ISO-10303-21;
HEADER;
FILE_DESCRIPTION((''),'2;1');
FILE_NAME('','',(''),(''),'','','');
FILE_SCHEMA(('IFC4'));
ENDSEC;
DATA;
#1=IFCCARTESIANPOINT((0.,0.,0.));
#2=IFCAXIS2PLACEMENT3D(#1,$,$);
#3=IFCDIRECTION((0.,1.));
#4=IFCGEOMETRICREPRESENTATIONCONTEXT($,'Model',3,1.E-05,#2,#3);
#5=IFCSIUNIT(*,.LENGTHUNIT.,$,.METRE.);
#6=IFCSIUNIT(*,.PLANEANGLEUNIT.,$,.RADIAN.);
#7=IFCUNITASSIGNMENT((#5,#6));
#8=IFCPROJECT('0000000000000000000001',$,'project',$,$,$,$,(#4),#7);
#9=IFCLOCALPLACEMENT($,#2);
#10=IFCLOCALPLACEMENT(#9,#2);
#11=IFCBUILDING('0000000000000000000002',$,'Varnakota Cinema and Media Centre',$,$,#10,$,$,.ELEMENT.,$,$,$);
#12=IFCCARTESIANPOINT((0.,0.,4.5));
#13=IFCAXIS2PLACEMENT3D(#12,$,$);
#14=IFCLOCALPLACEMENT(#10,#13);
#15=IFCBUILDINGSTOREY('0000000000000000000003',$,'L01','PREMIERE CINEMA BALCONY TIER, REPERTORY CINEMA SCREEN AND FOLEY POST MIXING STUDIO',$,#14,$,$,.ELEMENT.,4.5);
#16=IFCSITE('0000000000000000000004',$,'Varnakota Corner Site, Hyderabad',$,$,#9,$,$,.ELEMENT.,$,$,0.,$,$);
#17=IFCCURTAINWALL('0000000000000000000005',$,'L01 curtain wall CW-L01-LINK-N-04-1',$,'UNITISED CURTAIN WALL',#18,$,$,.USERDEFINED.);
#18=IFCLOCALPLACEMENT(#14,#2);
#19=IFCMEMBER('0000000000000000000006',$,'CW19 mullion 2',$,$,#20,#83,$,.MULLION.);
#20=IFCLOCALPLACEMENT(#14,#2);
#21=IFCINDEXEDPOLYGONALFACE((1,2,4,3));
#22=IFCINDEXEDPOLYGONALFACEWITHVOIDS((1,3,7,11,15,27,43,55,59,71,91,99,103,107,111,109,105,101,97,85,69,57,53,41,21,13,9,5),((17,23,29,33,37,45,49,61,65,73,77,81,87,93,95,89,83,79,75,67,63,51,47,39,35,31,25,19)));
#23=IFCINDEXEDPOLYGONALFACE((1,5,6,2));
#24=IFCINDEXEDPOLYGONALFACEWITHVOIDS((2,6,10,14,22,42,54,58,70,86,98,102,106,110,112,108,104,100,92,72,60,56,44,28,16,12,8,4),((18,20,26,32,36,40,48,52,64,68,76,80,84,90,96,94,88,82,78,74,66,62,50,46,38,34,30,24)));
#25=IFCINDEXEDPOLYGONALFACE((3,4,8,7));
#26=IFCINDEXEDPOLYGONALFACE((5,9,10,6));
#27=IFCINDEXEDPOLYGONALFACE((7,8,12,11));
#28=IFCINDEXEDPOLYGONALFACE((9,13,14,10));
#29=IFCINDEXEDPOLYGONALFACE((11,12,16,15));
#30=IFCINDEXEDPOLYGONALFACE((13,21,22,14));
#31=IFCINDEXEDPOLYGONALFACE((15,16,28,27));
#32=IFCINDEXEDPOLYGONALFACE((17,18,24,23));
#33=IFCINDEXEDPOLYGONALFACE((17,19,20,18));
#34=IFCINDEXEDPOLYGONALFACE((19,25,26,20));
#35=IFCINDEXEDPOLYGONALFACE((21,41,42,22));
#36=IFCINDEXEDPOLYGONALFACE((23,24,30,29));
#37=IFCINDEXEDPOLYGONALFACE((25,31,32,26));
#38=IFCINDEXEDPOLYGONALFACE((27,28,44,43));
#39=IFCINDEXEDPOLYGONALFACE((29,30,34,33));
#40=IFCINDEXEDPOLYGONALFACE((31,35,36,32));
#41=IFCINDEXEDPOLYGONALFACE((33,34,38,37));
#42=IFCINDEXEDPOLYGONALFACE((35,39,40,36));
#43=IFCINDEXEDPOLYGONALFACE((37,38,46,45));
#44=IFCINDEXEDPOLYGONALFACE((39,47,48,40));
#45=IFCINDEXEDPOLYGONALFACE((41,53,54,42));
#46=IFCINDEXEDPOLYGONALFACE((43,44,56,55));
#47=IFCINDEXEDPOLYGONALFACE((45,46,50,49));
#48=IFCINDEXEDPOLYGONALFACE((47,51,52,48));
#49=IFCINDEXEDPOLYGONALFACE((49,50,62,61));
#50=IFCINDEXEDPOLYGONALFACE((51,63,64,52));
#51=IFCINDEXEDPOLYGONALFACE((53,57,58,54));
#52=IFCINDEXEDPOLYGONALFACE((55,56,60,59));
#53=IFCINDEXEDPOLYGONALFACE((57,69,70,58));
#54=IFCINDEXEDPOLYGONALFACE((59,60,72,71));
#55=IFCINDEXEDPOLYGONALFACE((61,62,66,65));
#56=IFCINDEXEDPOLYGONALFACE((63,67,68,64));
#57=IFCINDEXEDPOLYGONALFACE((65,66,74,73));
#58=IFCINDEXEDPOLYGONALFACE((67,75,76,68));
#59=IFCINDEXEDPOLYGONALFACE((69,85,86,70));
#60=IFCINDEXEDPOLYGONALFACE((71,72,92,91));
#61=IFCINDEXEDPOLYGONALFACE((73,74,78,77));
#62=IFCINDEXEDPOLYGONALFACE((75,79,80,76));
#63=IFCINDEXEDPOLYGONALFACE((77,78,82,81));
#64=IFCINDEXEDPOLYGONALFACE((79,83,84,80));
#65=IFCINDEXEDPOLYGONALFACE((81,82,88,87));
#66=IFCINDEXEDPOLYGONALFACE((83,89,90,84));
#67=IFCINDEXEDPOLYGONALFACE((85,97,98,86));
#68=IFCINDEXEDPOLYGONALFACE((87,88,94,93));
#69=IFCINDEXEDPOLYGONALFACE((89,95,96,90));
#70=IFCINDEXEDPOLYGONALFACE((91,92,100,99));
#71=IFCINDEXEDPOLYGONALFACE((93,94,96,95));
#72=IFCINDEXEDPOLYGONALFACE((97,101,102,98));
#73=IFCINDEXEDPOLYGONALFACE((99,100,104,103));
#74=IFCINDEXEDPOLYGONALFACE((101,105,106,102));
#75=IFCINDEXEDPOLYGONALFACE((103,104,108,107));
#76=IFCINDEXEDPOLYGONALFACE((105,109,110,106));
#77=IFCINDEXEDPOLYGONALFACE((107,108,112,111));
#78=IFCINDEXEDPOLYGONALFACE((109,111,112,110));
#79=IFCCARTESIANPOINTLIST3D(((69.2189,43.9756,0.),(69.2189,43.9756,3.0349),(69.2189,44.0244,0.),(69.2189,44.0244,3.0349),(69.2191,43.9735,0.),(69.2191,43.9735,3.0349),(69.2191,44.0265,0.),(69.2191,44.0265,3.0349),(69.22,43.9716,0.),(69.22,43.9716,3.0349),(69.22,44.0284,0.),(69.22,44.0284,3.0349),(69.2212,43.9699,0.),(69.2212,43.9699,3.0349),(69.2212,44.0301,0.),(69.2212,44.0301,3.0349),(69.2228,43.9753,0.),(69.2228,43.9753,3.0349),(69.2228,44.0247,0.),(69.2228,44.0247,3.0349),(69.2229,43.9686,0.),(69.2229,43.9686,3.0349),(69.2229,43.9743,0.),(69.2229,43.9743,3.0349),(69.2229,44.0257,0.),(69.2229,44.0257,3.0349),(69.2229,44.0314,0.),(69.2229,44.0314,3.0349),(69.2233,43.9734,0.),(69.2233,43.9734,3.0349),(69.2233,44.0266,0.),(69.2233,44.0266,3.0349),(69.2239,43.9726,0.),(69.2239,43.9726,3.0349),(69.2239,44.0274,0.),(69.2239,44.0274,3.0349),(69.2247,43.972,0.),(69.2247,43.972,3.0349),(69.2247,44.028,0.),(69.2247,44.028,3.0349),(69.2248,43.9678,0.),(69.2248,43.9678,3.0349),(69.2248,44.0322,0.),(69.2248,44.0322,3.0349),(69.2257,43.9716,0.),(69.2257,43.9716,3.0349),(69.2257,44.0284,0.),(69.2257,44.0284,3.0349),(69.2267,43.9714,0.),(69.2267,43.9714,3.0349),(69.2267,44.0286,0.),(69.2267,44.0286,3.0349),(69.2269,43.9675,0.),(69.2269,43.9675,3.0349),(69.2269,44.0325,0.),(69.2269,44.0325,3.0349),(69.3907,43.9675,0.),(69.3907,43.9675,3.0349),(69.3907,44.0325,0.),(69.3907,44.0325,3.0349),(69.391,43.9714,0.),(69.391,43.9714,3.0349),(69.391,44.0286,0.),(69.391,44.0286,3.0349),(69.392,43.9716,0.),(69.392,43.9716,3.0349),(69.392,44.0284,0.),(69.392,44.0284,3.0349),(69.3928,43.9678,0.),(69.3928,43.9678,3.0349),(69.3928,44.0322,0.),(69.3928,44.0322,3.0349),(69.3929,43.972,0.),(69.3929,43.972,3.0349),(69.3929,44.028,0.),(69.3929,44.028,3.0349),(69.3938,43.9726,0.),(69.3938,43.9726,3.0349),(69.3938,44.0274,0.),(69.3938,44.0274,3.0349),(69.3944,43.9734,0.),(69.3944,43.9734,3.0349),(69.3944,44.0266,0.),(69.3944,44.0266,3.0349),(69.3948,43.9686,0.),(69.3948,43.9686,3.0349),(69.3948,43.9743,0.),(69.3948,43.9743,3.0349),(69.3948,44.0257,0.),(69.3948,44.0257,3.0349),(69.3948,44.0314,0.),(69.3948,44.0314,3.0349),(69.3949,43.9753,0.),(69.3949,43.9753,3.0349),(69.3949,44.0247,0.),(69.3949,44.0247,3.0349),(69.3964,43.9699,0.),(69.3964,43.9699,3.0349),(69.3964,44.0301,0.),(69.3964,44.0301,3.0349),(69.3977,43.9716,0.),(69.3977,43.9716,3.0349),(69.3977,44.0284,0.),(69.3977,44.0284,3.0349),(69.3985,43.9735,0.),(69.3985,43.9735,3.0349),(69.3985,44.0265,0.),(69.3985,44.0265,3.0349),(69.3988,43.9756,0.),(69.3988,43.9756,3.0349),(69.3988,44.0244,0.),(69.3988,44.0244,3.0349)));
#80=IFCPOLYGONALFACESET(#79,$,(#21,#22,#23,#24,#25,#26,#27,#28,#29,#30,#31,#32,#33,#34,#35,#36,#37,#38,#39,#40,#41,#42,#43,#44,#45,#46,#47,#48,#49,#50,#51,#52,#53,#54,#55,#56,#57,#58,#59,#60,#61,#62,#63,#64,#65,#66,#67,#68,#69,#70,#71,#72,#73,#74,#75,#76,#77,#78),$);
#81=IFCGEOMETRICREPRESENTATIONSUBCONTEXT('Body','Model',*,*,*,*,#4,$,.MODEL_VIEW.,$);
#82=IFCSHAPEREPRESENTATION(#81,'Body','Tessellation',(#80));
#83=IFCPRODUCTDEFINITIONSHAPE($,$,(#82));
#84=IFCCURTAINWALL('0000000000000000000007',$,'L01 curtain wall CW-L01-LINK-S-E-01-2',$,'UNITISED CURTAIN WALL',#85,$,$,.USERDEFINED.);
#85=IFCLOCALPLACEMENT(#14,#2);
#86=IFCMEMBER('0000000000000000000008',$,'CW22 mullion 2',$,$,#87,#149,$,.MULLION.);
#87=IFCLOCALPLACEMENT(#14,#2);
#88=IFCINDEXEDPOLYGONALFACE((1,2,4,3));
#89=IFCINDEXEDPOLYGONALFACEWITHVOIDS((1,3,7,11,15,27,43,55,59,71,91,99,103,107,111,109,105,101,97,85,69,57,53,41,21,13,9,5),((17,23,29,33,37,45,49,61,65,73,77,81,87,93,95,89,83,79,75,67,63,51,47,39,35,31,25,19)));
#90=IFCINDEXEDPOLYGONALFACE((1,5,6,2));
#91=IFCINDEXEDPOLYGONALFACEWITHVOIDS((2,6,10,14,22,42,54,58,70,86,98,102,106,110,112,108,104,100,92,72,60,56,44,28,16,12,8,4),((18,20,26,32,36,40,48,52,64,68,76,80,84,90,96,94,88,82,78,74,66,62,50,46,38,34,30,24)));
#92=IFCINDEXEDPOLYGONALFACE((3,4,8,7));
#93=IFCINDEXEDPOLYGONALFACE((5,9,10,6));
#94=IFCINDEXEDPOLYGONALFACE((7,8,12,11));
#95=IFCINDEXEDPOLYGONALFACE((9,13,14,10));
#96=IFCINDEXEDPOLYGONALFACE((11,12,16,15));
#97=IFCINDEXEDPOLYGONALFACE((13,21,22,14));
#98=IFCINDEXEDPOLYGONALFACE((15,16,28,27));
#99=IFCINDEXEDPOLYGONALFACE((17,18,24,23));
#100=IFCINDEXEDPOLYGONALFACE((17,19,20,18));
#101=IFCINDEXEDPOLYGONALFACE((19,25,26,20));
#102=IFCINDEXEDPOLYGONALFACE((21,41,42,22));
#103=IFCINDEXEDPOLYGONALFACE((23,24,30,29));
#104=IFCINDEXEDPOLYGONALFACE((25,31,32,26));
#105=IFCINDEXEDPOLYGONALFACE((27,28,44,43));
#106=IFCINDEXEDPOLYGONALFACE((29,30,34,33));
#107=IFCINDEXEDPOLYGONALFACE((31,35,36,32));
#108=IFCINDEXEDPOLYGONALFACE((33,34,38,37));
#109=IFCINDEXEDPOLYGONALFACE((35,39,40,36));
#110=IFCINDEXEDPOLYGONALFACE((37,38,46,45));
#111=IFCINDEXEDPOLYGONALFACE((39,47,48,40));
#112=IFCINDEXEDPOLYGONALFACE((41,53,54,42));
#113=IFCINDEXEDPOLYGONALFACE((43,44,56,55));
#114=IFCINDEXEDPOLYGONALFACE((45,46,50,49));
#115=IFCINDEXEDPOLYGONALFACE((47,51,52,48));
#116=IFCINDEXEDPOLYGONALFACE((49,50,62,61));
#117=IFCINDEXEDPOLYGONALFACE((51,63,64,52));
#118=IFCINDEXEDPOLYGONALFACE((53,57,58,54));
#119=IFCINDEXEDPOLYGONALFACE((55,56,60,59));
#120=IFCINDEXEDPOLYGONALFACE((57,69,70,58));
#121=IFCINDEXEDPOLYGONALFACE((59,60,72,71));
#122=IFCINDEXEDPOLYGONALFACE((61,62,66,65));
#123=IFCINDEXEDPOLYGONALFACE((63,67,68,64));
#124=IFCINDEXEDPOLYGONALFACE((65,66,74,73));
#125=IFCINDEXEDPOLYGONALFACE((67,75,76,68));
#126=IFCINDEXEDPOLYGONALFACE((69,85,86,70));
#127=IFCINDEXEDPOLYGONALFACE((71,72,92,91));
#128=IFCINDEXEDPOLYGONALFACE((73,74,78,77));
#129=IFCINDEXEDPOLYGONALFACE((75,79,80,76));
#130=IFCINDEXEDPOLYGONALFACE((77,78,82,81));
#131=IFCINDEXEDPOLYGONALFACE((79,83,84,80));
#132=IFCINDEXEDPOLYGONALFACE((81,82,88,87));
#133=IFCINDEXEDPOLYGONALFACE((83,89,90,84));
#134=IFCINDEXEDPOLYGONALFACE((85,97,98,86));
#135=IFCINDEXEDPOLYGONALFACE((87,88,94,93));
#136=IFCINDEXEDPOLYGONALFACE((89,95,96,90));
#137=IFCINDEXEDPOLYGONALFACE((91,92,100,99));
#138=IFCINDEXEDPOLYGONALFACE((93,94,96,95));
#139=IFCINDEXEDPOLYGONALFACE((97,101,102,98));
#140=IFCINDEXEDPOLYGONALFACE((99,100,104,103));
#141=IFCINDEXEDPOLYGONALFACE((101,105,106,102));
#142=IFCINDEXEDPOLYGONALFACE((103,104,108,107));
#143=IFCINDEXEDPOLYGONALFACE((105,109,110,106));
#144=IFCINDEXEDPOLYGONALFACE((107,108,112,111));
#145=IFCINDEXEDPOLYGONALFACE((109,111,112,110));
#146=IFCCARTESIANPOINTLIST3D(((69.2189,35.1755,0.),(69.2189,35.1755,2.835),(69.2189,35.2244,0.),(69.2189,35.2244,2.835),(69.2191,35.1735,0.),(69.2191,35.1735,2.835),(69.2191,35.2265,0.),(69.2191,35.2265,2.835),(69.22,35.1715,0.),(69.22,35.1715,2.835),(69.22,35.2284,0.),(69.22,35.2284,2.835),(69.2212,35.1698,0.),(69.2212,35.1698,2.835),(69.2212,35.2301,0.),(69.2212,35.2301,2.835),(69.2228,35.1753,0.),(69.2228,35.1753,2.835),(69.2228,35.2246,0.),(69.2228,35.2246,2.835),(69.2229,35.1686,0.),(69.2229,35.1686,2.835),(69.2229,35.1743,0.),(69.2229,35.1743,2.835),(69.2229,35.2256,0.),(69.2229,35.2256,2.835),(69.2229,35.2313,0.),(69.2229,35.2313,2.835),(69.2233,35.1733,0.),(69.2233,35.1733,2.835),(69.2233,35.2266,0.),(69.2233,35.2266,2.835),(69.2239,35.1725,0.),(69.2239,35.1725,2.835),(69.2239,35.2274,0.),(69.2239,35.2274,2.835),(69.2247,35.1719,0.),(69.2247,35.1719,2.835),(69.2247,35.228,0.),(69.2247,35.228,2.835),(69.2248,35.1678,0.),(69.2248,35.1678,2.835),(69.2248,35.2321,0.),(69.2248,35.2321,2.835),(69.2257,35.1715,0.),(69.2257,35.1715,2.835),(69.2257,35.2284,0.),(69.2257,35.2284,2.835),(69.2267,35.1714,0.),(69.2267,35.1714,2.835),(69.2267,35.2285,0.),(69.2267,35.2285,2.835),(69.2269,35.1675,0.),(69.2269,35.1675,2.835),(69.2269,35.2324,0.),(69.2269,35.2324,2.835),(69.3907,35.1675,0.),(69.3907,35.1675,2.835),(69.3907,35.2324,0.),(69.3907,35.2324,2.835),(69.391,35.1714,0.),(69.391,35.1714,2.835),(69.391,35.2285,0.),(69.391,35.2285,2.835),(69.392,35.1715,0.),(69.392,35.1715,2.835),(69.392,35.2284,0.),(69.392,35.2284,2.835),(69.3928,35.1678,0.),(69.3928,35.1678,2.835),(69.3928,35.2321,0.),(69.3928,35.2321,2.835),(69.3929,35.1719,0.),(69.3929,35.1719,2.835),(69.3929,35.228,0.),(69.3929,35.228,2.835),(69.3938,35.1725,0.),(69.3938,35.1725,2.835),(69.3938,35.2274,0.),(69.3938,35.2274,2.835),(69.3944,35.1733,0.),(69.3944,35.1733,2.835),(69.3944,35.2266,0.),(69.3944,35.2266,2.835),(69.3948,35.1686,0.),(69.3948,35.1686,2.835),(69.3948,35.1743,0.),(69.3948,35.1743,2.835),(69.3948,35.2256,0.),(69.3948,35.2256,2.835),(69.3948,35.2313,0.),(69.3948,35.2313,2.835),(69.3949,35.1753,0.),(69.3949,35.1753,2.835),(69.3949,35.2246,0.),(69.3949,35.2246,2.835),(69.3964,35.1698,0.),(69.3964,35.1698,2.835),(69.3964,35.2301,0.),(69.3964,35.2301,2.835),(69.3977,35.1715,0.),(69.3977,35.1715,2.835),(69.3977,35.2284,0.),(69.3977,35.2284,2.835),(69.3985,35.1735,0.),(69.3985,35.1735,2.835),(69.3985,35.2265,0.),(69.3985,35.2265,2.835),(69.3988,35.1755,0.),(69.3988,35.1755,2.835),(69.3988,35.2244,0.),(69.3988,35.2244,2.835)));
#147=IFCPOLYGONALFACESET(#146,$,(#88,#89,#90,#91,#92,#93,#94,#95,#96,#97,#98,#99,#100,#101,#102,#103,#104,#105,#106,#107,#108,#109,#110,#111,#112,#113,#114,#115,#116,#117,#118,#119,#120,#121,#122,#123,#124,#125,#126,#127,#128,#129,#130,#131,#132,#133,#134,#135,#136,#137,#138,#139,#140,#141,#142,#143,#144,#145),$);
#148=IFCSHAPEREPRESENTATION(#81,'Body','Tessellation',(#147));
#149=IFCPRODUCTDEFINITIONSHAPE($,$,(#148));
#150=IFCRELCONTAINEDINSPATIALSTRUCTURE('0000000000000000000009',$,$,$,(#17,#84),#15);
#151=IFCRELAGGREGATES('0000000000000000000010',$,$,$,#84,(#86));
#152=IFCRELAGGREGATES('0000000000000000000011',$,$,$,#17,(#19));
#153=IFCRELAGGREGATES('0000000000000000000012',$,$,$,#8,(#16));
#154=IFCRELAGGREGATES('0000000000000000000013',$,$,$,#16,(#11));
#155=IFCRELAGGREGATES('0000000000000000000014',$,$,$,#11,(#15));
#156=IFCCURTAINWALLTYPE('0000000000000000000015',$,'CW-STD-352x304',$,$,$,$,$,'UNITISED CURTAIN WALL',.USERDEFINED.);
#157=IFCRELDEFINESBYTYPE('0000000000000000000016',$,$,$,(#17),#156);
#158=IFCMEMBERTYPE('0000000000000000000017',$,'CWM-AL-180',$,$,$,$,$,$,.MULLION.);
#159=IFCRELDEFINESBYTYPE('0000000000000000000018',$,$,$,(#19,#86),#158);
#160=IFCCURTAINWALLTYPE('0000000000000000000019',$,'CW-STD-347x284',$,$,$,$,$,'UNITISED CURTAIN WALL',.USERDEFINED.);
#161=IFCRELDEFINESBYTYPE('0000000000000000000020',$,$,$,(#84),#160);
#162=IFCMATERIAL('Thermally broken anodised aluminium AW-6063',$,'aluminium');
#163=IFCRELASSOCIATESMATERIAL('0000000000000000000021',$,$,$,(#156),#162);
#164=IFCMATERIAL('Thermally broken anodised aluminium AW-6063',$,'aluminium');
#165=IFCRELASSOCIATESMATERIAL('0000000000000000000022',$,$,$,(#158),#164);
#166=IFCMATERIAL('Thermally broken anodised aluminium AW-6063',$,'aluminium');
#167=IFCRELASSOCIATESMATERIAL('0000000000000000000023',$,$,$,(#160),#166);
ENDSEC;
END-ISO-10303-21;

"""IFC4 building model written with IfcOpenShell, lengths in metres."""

from ifc_helpers import new_model, si_unit, direction, frame, origin, origin_2d, place, context, subcontext, project, spatial, hollow_rectangle, extrude, material, material_profile, profile_set, type_object, element, aggregate, save


model = new_model("IFC4")

# Units and contexts
model_context = context("Model", 3, precision=1e-05, world=origin(), true_north=direction((0.0, 1.0)))
body_context = subcontext(model_context, "Body", "Model", "MODEL_VIEW")
ifc_project = project(units=[si_unit("LENGTHUNIT", "METRE"), si_unit("PLANEANGLEUNIT", "RADIAN")], contexts=[model_context])

# Site, building, storey
site_placement = place(None, origin())
site = spatial("IfcSite", under=ifc_project, at=site_placement, Name="Varnakota Corner Site, Hyderabad", CompositionType="ELEMENT", RefElevation=0.0)
building_placement = place(site_placement, origin())
building = spatial("IfcBuilding", under=site, at=building_placement, Name="Varnakota Cinema and Media Centre", CompositionType="ELEMENT")
storey_placement = place(building_placement, frame((0.0, 0.0, 4.5)))
storey = spatial("IfcBuildingStorey", under=building, at=storey_placement, Name="L01", Description="PREMIERE CINEMA BALCONY TIER, REPERTORY CINEMA SCREEN AND FOLEY POST MIXING STUDIO", CompositionType="ELEMENT", Elevation=4.5)

# Curtain wall, member
ifc_material_1 = material(Name="Thermally broken anodised aluminium AW-6063", Category="aluminium")
curtain_wall_type_1 = type_object("IfcCurtainWallType", Name="CW-STD-352x304", ElementType="UNITISED CURTAIN WALL", PredefinedType="USERDEFINED", material=ifc_material_1)
ifc_material_2 = material(Name="Thermally broken anodised aluminium AW-6063", Category="aluminium")
ifc_material_profile_1 = material_profile(ifc_material_2, hollow_rectangle(XDim=0.0649, YDim=0.1799, WallThickness=0.0039, InnerFilletRadius=0.0039, OuterFilletRadius=0.0081, at=origin_2d()), Name="AL-MULLION 180x65x4")
ifc_profile_set_1 = profile_set([ifc_material_profile_1], Name="Thermally broken anodised aluminium AW-6063")
member_type_1 = type_object("IfcMemberType", Name="CWM-AL-180", PredefinedType="MULLION", material=ifc_profile_set_1)
curtain_wall_1_placement = place(storey_placement, origin())
curtain_wall_1 = element("IfcCurtainWall", 1, at=curtain_wall_1_placement, inside=storey, type_object=curtain_wall_type_1, Name="L01 curtain wall CW-L01-LINK-N-04-1", ObjectType="UNITISED CURTAIN WALL", PredefinedType="USERDEFINED")
member_1_placement = place(storey_placement, frame((69.3088, 44.0, 0.0), z_axis=(0.0, 0.0, 1.0), x_axis=(0.0, 1.0, 0.0)))
member_1 = element("IfcMember", 2, at=member_1_placement, type_object=member_type_1, Name="CW19 mullion 2", PredefinedType="MULLION", context=body_context, shape_type="SweptSolid", body=[
    extrude(hollow_rectangle(XDim=0.0649, YDim=0.1799, WallThickness=0.0039, InnerFilletRadius=0.0039, OuterFilletRadius=0.0081, at=origin_2d()), origin(), (0.0, 0.0, 1.0), 3.0349),
])

# Curtain wall, member
ifc_material_3 = material(Name="Thermally broken anodised aluminium AW-6063", Category="aluminium")
curtain_wall_type_2 = type_object("IfcCurtainWallType", Name="CW-STD-347x284", ElementType="UNITISED CURTAIN WALL", PredefinedType="USERDEFINED", material=ifc_material_3)
curtain_wall_2_placement = place(storey_placement, origin())
curtain_wall_2 = element("IfcCurtainWall", 3, at=curtain_wall_2_placement, inside=storey, type_object=curtain_wall_type_2, Name="L01 curtain wall CW-L01-LINK-S-E-01-2", ObjectType="UNITISED CURTAIN WALL", PredefinedType="USERDEFINED")
member_2_placement = place(storey_placement, frame((69.3088, 35.2, 0.0), z_axis=(0.0, 0.0, 1.0), x_axis=(0.0, -1.0, 0.0)))
member_2 = element("IfcMember", 4, at=member_2_placement, type_object=member_type_1, Name="CW22 mullion 2", PredefinedType="MULLION", context=body_context, shape_type="SweptSolid", body=[
    extrude(hollow_rectangle(XDim=0.0649, YDim=0.1799, WallThickness=0.0039, InnerFilletRadius=0.0039, OuterFilletRadius=0.0081, at=origin_2d()), origin(), (0.0, 0.0, 1.0), 2.835),
])

aggregate(curtain_wall_2, [member_2])

aggregate(curtain_wall_1, [member_1])

save(model, "model.ifc")
